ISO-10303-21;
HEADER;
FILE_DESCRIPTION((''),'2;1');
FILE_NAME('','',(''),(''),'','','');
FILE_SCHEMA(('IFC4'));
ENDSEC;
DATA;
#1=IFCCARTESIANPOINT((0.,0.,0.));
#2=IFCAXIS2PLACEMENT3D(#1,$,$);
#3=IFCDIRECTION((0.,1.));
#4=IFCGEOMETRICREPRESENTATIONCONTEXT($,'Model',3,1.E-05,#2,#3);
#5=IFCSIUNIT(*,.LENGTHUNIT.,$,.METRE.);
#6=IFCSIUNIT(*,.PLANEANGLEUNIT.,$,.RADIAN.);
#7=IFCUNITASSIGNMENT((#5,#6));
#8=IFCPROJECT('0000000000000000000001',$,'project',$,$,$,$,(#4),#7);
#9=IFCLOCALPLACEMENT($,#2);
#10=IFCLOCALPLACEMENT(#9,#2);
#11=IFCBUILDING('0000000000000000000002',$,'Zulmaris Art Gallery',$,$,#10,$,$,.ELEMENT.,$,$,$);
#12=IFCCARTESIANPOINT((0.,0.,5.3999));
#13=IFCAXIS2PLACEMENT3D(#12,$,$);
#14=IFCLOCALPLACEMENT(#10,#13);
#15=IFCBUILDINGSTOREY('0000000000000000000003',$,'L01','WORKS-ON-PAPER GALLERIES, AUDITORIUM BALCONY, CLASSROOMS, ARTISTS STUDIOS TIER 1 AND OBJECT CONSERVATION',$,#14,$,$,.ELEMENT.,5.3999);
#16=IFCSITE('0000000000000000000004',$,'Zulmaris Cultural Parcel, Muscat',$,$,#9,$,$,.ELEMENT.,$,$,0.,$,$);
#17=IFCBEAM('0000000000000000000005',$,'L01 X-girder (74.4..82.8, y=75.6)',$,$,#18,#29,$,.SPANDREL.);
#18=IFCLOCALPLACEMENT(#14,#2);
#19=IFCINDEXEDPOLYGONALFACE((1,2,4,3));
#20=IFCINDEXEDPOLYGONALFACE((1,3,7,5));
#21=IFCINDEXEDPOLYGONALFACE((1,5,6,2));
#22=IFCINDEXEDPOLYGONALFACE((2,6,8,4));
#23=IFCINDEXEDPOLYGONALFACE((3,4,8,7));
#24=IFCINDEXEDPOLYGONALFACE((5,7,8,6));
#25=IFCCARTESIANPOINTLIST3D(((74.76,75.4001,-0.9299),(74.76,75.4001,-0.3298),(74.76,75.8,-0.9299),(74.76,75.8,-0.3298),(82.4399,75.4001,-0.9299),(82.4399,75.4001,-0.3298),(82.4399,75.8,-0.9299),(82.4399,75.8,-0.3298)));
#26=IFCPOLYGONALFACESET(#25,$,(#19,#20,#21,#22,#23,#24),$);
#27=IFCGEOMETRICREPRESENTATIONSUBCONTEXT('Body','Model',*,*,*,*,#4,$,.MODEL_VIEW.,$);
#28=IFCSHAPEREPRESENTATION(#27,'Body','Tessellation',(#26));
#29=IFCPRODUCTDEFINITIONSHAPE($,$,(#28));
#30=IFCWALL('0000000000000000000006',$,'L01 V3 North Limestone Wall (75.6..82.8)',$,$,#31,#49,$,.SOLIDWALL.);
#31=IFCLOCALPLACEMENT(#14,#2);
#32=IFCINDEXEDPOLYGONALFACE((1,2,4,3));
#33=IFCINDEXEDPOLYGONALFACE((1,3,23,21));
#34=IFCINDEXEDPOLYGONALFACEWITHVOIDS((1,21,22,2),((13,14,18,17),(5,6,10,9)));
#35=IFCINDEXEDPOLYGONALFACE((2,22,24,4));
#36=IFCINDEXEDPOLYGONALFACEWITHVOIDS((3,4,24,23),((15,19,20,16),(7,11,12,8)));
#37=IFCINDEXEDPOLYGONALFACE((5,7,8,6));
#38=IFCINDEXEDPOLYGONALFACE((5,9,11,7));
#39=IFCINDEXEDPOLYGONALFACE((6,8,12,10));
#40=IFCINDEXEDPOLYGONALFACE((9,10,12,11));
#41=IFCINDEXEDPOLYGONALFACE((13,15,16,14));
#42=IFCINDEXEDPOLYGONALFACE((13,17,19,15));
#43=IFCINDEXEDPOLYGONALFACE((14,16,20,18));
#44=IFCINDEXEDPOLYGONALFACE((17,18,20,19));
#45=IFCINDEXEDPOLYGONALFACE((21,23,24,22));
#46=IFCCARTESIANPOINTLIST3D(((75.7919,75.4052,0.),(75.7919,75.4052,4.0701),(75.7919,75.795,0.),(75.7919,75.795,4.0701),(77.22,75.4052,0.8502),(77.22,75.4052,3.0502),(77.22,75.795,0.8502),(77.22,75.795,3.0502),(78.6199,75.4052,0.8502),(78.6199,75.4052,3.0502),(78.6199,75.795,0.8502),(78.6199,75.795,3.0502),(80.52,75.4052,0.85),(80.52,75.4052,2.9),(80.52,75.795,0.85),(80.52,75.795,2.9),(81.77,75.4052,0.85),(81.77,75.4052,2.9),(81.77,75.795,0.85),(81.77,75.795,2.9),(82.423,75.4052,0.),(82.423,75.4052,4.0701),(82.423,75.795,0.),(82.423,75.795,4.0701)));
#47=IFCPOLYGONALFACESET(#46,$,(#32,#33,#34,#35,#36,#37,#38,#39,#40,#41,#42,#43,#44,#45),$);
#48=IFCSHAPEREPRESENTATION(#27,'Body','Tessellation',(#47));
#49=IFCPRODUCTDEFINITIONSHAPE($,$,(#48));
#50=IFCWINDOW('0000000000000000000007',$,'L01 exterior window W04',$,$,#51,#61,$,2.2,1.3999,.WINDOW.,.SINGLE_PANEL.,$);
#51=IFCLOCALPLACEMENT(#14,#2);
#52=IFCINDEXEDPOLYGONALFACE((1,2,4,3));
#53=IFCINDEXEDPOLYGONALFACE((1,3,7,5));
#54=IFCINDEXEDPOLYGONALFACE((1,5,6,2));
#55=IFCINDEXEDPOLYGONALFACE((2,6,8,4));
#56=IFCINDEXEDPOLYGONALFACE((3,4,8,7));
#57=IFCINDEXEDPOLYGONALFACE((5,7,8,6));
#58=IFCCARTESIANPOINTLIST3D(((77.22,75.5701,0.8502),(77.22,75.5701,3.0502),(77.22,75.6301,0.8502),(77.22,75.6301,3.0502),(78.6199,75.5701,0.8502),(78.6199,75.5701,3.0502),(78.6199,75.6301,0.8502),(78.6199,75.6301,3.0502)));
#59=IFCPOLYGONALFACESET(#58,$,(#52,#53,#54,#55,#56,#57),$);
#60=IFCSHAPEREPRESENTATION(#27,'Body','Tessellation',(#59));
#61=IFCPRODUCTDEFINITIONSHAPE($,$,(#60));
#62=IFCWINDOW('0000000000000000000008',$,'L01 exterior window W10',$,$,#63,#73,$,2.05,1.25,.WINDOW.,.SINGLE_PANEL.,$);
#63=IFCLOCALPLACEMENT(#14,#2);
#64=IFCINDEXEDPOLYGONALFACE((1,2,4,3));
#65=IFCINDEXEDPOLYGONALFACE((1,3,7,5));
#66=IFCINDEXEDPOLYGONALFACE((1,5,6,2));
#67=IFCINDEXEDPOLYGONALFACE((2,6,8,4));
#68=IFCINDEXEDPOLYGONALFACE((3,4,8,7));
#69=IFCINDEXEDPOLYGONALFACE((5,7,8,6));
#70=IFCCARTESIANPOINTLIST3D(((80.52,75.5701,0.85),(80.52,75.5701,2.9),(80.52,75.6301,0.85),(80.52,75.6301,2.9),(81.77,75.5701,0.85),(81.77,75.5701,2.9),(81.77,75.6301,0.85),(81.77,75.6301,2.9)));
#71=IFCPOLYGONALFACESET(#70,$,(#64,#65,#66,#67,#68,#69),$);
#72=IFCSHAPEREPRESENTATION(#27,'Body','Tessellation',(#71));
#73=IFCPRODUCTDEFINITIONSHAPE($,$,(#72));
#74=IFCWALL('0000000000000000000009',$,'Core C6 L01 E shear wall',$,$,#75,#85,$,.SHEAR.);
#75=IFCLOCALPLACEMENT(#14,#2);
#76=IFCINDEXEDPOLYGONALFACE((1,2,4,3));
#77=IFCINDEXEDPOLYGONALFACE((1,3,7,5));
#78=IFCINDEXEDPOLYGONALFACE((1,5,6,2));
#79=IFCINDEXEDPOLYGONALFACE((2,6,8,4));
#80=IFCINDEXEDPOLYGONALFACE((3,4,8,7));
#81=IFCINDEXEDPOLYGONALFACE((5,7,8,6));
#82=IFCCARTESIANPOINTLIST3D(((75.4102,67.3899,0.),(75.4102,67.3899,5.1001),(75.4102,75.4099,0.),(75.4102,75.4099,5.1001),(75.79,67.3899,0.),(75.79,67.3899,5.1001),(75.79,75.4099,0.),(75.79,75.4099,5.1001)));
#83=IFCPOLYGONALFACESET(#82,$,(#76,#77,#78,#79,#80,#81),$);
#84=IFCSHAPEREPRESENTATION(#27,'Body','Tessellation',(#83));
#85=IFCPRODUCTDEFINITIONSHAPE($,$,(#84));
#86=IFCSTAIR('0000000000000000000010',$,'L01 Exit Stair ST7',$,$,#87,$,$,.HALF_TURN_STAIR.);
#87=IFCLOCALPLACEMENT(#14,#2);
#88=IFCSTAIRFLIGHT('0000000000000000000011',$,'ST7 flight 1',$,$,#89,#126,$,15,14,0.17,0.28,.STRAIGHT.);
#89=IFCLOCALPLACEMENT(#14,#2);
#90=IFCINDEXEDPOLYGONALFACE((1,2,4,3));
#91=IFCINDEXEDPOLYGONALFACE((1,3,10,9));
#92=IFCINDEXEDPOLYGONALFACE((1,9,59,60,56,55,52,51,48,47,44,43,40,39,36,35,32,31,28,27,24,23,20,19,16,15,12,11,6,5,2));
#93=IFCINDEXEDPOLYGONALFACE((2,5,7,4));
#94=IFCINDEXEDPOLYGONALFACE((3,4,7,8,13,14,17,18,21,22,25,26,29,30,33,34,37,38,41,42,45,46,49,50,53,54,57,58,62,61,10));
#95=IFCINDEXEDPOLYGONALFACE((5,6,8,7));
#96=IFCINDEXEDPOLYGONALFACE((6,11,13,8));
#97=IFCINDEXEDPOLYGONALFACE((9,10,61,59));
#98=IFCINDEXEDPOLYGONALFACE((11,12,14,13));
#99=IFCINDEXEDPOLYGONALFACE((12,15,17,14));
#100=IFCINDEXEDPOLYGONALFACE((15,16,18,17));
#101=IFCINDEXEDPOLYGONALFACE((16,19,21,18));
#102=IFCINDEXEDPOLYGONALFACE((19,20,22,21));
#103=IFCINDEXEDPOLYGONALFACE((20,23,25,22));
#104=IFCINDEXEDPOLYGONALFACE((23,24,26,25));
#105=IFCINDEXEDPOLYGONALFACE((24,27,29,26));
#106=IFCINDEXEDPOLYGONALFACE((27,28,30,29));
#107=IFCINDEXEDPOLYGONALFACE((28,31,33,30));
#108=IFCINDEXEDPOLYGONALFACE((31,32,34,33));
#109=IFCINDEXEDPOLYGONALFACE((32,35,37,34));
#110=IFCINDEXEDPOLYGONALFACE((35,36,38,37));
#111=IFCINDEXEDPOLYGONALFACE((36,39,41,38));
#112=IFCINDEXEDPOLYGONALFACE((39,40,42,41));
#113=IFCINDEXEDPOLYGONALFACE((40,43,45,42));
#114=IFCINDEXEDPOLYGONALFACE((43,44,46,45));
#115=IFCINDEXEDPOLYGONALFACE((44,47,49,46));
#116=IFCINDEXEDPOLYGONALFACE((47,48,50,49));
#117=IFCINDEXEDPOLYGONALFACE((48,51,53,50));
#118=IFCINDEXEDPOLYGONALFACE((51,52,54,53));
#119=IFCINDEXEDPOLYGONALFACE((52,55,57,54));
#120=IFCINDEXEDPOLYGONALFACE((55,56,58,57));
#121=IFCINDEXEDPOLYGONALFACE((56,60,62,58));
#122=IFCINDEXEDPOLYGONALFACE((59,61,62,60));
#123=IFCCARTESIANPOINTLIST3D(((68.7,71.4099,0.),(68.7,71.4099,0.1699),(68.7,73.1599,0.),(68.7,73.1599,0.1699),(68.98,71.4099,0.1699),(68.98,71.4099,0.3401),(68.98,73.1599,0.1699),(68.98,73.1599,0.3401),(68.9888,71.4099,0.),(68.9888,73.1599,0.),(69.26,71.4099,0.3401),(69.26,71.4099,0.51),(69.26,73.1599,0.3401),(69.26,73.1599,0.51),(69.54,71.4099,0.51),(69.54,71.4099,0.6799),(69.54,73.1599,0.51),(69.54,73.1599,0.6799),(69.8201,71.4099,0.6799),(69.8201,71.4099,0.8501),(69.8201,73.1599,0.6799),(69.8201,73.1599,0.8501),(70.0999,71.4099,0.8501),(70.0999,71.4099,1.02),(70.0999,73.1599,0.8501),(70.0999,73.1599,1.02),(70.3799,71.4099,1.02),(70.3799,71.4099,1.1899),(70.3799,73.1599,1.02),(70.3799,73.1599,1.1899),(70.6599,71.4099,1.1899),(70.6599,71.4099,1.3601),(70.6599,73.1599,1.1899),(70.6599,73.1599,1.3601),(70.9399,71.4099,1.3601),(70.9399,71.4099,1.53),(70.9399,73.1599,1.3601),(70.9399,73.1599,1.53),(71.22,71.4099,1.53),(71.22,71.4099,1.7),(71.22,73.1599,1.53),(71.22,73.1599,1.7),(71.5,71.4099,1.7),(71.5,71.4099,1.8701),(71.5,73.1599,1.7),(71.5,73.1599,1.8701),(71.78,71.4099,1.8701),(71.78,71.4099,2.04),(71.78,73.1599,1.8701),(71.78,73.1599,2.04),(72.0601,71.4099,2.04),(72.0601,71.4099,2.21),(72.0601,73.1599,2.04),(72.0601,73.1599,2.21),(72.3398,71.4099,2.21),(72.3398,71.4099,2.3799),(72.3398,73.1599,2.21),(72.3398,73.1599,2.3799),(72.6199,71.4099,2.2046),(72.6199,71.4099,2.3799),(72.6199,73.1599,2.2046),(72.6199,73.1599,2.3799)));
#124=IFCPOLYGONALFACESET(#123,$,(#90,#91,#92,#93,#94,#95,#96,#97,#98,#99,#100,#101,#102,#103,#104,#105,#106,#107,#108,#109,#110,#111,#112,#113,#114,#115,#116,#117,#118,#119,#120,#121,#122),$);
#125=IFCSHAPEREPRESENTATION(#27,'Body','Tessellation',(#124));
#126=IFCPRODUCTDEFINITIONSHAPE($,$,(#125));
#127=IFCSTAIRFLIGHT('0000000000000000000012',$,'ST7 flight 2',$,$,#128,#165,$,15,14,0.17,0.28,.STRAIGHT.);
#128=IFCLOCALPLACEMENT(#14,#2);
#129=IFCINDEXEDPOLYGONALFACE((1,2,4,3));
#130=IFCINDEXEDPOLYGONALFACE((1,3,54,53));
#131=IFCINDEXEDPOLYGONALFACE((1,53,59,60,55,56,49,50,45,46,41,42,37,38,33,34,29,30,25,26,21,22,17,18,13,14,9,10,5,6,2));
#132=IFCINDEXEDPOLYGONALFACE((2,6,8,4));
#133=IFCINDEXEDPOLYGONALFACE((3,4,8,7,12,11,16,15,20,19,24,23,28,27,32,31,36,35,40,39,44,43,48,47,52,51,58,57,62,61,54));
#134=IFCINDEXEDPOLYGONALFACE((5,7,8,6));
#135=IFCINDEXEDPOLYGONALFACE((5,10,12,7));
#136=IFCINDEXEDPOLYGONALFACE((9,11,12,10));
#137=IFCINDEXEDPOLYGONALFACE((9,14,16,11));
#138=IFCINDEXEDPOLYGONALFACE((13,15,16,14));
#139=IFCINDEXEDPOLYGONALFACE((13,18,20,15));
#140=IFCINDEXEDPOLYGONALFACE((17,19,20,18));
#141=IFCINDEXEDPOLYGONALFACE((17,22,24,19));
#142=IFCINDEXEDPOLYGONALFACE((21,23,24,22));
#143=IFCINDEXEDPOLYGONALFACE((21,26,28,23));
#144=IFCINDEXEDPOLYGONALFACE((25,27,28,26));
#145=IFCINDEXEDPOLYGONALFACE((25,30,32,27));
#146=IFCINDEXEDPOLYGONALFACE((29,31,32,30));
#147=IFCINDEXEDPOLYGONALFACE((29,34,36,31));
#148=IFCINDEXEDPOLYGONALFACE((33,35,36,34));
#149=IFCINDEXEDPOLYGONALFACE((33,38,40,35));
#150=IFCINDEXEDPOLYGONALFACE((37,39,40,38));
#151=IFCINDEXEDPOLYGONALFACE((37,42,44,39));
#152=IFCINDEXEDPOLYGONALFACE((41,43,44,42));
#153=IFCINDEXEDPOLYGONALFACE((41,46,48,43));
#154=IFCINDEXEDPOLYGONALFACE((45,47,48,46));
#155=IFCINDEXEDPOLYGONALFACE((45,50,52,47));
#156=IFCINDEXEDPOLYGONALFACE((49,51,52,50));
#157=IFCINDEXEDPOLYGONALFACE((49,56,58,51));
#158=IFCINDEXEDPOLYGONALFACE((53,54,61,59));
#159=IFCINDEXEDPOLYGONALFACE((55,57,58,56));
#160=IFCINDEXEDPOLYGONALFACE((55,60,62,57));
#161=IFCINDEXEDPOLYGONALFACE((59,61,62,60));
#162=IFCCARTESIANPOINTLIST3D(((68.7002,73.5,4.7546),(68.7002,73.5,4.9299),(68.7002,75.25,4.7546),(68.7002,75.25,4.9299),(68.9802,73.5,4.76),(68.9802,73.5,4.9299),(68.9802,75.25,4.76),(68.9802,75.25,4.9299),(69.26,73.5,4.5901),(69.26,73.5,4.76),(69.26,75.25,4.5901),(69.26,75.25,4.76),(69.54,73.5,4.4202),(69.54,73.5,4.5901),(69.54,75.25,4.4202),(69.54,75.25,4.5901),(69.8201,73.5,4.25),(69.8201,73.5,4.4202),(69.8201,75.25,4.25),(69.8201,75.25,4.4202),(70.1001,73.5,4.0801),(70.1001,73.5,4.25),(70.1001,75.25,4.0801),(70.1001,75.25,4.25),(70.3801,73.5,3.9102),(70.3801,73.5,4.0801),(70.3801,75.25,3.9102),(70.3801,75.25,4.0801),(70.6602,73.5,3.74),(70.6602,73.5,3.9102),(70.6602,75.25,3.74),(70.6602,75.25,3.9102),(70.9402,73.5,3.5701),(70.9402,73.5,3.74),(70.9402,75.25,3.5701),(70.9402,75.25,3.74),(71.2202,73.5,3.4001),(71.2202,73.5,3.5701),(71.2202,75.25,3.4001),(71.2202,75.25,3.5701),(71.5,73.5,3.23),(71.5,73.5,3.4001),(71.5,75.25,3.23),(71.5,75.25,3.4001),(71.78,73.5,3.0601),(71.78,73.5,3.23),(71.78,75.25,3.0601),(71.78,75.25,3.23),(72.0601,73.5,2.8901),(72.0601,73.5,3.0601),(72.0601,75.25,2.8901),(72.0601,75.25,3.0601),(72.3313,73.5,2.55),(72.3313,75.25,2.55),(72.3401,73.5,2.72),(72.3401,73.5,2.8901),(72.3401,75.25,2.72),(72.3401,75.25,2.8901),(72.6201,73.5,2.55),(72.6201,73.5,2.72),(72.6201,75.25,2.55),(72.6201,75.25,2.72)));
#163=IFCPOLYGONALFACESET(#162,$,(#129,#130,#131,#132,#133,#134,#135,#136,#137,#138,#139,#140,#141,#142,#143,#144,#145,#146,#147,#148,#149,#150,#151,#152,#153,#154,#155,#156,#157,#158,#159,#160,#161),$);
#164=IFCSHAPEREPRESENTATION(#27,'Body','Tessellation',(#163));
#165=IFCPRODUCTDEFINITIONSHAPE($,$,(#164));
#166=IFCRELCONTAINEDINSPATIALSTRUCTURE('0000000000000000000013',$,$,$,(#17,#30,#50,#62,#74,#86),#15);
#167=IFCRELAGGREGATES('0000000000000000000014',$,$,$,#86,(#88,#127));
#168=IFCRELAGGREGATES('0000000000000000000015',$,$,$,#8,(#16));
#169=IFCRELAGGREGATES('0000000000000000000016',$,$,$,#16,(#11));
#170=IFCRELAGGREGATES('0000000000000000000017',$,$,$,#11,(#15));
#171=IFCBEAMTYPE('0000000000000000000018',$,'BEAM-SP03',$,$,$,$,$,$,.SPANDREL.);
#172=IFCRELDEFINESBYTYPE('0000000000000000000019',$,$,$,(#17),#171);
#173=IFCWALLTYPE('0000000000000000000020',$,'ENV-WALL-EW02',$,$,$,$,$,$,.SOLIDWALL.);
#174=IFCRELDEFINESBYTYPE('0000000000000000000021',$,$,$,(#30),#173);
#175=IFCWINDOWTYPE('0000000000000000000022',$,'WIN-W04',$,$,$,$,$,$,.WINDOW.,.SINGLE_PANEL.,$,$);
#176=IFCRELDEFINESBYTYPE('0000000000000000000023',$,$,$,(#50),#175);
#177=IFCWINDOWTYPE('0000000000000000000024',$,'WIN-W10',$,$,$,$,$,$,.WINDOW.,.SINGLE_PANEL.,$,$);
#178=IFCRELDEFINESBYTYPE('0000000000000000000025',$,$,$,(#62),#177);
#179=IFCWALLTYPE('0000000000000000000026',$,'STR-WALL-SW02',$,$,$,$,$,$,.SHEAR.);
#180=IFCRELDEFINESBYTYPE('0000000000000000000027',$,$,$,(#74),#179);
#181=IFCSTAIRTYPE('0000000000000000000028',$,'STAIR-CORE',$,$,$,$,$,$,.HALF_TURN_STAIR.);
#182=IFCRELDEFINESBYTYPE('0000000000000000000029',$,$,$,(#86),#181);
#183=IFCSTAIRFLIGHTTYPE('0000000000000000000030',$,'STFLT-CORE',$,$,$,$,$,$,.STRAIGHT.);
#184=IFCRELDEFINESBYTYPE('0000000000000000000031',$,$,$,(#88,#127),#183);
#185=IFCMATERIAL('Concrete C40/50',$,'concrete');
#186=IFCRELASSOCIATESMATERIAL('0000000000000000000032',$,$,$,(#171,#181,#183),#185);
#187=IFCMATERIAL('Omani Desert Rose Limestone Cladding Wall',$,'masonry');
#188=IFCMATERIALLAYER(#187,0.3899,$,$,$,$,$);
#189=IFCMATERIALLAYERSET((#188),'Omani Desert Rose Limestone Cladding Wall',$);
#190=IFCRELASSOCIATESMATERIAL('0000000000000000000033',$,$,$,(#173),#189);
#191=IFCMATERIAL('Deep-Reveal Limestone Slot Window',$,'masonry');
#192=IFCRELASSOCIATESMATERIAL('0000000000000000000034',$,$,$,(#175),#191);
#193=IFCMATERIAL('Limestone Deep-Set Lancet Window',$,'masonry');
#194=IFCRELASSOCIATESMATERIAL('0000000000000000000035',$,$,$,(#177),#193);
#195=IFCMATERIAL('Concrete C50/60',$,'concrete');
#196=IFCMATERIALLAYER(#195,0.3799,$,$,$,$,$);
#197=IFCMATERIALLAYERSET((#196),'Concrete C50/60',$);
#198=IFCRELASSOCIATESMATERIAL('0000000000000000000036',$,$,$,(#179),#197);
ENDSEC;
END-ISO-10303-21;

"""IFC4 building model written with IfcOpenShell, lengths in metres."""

from ifc_helpers import new_model, si_unit, direction, frame, frame_2d, origin, origin_2d, place, context, subcontext, project, spatial, polyline, rectangle, outline, extrude, material, layer, layer_set, material_profile, profile_set, type_object, element, fill, aggregate, save


model = new_model("IFC4")

# Units and contexts
model_context = context("Model", 3, precision=1e-05, world=origin(), true_north=direction((0.0, 1.0)))
body_context = subcontext(model_context, "Body", "Model", "MODEL_VIEW")
ifc_project = project(units=[si_unit("LENGTHUNIT", "METRE"), si_unit("PLANEANGLEUNIT", "RADIAN")], contexts=[model_context])

# Site, building, storey
site_placement = place(None, origin())
site = spatial("IfcSite", under=ifc_project, at=site_placement, Name="Zulmaris Cultural Parcel, Muscat", CompositionType="ELEMENT", RefElevation=0.0)
building_placement = place(site_placement, origin())
building = spatial("IfcBuilding", under=site, at=building_placement, Name="Zulmaris Art Gallery", CompositionType="ELEMENT")
storey_placement = place(building_placement, frame((0.0, 0.0, 5.3999)))
storey = spatial("IfcBuildingStorey", under=building, at=storey_placement, Name="L01", Description="WORKS-ON-PAPER GALLERIES, AUDITORIUM BALCONY, CLASSROOMS, ARTISTS STUDIOS TIER 1 AND OBJECT CONSERVATION", CompositionType="ELEMENT", Elevation=5.3999)

# Shared definitions
ifc_material_1 = material(Name="Concrete C40/50", Category="concrete")

# Beam
ifc_material_profile_1 = material_profile(ifc_material_1, rectangle(XDim=0.3999, YDim=0.6001, at=origin_2d()), Name="RC 400x600")
ifc_profile_set_1 = profile_set([ifc_material_profile_1], Name="Concrete C40/50")
beam_type_1 = type_object("IfcBeamType", Name="BEAM-SP03", PredefinedType="SPANDREL", material=ifc_profile_set_1)
beam_1_placement = place(storey_placement, frame((74.76, 75.6001, -0.6299), z_axis=(1.0, 0.0, 0.0), x_axis=(0.0, 1.0, 0.0)))
element("IfcBeam", 1, at=beam_1_placement, inside=storey, type_object=beam_type_1, Name="L01 X-girder (74.4..82.8, y=75.6)", PredefinedType="SPANDREL", context=body_context, shape_type="SweptSolid", body=[
    extrude(rectangle(XDim=0.3999, YDim=0.6001, at=origin_2d()), origin(), (0.0, 0.0, 1.0), 7.6799),
])

# Wall, openings, windows
ifc_material_2 = material(Name="Omani Desert Rose Limestone Cladding Wall", Category="masonry")
ifc_layer_1 = layer(ifc_material_2, 0.3899)
ifc_layer_set_1 = layer_set([ifc_layer_1], Name="Omani Desert Rose Limestone Cladding Wall")
wall_type_1 = type_object("IfcWallType", Name="ENV-WALL-EW02", PredefinedType="SOLIDWALL", material=ifc_layer_set_1)
wall_1_placement = place(storey_placement, frame((75.792, 75.6001, 0.0), z_axis=(0.0, 0.0, 1.0), x_axis=(1.0, 0.0, 0.0)))
wall_1 = element("IfcWall", 2, at=wall_1_placement, inside=storey, type_object=wall_type_1, Name="L01 V3 North Limestone Wall (75.6..82.8)", PredefinedType="SOLIDWALL", context=body_context, shape_type="SweptSolid", body=[
    extrude(rectangle(XDim=6.6311, YDim=0.3899, at=frame_2d((3.3154, 0.0))), origin(), (0.0, 0.0, 1.0), 4.0701),
])
opening_1_placement = place(wall_1_placement, frame((1.428, 0.0, 0.8501)))
opening_1 = element("IfcOpeningElement", 3, at=opening_1_placement, cuts=wall_1, PredefinedType="OPENING", context=body_context, shape_type="SweptSolid", body=[
    extrude(rectangle(XDim=1.3999, YDim=2.2, at=frame_2d((0.7, 1.1001))), frame((0.0, 0.2048, 0.0), z_axis=(0.0, -1.0, 0.0), x_axis=(1.0, 0.0, 0.0)), (0.0, 0.0, 1.0), 0.4099),
])
opening_2_placement = place(wall_1_placement, frame((4.728, 0.0, 0.8501)))
opening_2 = element("IfcOpeningElement", 4, at=opening_2_placement, cuts=wall_1, PredefinedType="OPENING", context=body_context, shape_type="SweptSolid", body=[
    extrude(rectangle(XDim=1.25, YDim=2.05, at=frame_2d((0.625, 1.0249))), frame((0.0, 0.2048, 0.0), z_axis=(0.0, -1.0, 0.0), x_axis=(1.0, 0.0, 0.0)), (0.0, 0.0, 1.0), 0.4099),
])
ifc_material_3 = material(Name="Deep-Reveal Limestone Slot Window", Category="masonry")
window_type_1 = type_object("IfcWindowType", Name="WIN-W04", PartitioningType="SINGLE_PANEL", PredefinedType="WINDOW", material=ifc_material_3)
window_1_placement = place(opening_1_placement, origin())
window_1 = element("IfcWindow", 5, at=window_1_placement, inside=storey, type_object=window_type_1, Name="L01 exterior window W04", OverallHeight=2.2, OverallWidth=1.3999, PartitioningType="SINGLE_PANEL", PredefinedType="WINDOW", context=body_context, shape_type="SweptSolid", body=[
    extrude(rectangle(XDim=1.3999, YDim=2.2, at=frame_2d((0.7, 1.1001))), frame((0.0, 0.03, 0.0), z_axis=(0.0, -1.0, 0.0), x_axis=(1.0, 0.0, 0.0)), (0.0, 0.0, 1.0), 0.0601),
])
fill(opening_1, window_1)
ifc_material_4 = material(Name="Limestone Deep-Set Lancet Window", Category="masonry")
window_type_2 = type_object("IfcWindowType", Name="WIN-W10", PartitioningType="SINGLE_PANEL", PredefinedType="WINDOW", material=ifc_material_4)
window_2_placement = place(opening_2_placement, origin())
window_2 = element("IfcWindow", 6, at=window_2_placement, inside=storey, type_object=window_type_2, Name="L01 exterior window W10", OverallHeight=2.05, OverallWidth=1.25, PartitioningType="SINGLE_PANEL", PredefinedType="WINDOW", context=body_context, shape_type="SweptSolid", body=[
    extrude(rectangle(XDim=1.25, YDim=2.05, at=frame_2d((0.625, 1.0249))), frame((0.0, 0.03, 0.0), z_axis=(0.0, -1.0, 0.0), x_axis=(1.0, 0.0, 0.0)), (0.0, 0.0, 1.0), 0.0601),
])
fill(opening_2, window_2)

# Wall
ifc_material_5 = material(Name="Concrete C50/60", Category="concrete")
ifc_layer_2 = layer(ifc_material_5, 0.3799)
ifc_layer_set_2 = layer_set([ifc_layer_2], Name="Concrete C50/60")
wall_type_2 = type_object("IfcWallType", Name="STR-WALL-SW02", PredefinedType="SHEAR", material=ifc_layer_set_2)
wall_2_placement = place(storey_placement, frame((75.6001, 67.3899, 0.0), z_axis=(0.0, 0.0, 1.0), x_axis=(0.0, 1.0, 0.0)))
element("IfcWall", 7, at=wall_2_placement, inside=storey, type_object=wall_type_2, Name="Core C6 L01 E shear wall", PredefinedType="SHEAR", context=body_context, shape_type="SweptSolid", body=[
    extrude(rectangle(XDim=8.02, YDim=0.3799, at=frame_2d((4.01, 0.0))), origin(), (0.0, 0.0, 1.0), 5.1001),
])

# Stair, stair flights
stair_type = type_object("IfcStairType", Name="STAIR-CORE", PredefinedType="HALF_TURN_STAIR", material=ifc_material_1)
stair_placement = place(storey_placement, origin())
stair = element("IfcStair", 8, at=stair_placement, inside=storey, type_object=stair_type, Name="L01 Exit Stair ST7", PredefinedType="HALF_TURN_STAIR")
stair_flight_type = type_object("IfcStairFlightType", Name="STFLT-CORE", PredefinedType="STRAIGHT", material=ifc_material_1)
stair_flight_1_placement = place(storey_placement, frame((68.7, 72.2849, 0.0), z_axis=(0.0, 0.0, 1.0), x_axis=(1.0, 0.0, 0.0)))
stair_flight_1 = element("IfcStairFlight", 9, at=stair_flight_1_placement, type_object=stair_flight_type, Name="ST7 flight 1", NumberOfRisers=15, NumberOfTreads=14, PredefinedType="STRAIGHT", RiserHeight=0.17, TreadLength=0.28, context=body_context, shape_type="SweptSolid", body=[
    extrude(outline(polyline([(0.0, 0.0), (0.0, 0.1699), (0.28, 0.1699), (0.28, 0.3401), (0.5601, 0.3401), (0.5601, 0.51), (0.8401, 0.51), (0.8401, 0.6799), (1.1201, 0.6799), (1.1201, 0.8501), (1.3999, 0.8501), (1.3999, 1.02), (1.6799, 1.02), (1.6799, 1.1899), (1.96, 1.1899), (1.96, 1.3601), (2.24, 1.3601), (2.24, 1.53), (2.52, 1.53), (2.52, 1.7), (2.8, 1.7), (2.8, 1.8701), (3.0801, 1.8701), (3.0801, 2.04), (3.3601, 2.04), (3.3601, 2.21), (3.6399, 2.21), (3.6399, 2.3799), (3.9199, 2.3799), (3.9199, 2.55), (3.9199, 2.2046), (0.2888, 0.0), (0.0, 0.0)])), frame((0.0, 0.875, 0.0), z_axis=(0.0, -1.0, 0.0), x_axis=(1.0, 0.0, 0.0)), (0.0, 0.0, 1.0), 1.75),
])
stair_flight_2_placement = place(storey_placement, frame((72.6201, 74.375, 2.55), z_axis=(0.0, 0.0, 1.0), x_axis=(-1.0, 0.0, 0.0)))
stair_flight_2 = element("IfcStairFlight", 10, at=stair_flight_2_placement, type_object=stair_flight_type, Name="ST7 flight 2", NumberOfRisers=15, NumberOfTreads=14, PredefinedType="STRAIGHT", RiserHeight=0.17, TreadLength=0.28, context=body_context, shape_type="SweptSolid", body=[
    extrude(outline(polyline([(0.0, 0.0), (0.0, 0.1699), (0.28, 0.1699), (0.28, 0.3401), (0.5601, 0.3401), (0.5601, 0.51), (0.8401, 0.51), (0.8401, 0.6799), (1.1201, 0.6799), (1.1201, 0.8501), (1.3999, 0.8501), (1.3999, 1.02), (1.6799, 1.02), (1.6799, 1.1899), (1.96, 1.1899), (1.96, 1.3601), (2.24, 1.3601), (2.24, 1.53), (2.52, 1.53), (2.52, 1.7), (2.8, 1.7), (2.8, 1.8701), (3.0801, 1.8701), (3.0801, 2.04), (3.3601, 2.04), (3.3601, 2.21), (3.6399, 2.21), (3.6399, 2.3799), (3.9199, 2.3799), (3.9199, 2.55), (3.9199, 2.2046), (0.2888, 0.0), (0.0, 0.0)])), frame((0.0, 0.875, 0.0), z_axis=(0.0, -1.0, 0.0), x_axis=(1.0, 0.0, 0.0)), (0.0, 0.0, 1.0), 1.75),
])
aggregate(stair, [stair_flight_1, stair_flight_2])

save(model, "model.ifc")
